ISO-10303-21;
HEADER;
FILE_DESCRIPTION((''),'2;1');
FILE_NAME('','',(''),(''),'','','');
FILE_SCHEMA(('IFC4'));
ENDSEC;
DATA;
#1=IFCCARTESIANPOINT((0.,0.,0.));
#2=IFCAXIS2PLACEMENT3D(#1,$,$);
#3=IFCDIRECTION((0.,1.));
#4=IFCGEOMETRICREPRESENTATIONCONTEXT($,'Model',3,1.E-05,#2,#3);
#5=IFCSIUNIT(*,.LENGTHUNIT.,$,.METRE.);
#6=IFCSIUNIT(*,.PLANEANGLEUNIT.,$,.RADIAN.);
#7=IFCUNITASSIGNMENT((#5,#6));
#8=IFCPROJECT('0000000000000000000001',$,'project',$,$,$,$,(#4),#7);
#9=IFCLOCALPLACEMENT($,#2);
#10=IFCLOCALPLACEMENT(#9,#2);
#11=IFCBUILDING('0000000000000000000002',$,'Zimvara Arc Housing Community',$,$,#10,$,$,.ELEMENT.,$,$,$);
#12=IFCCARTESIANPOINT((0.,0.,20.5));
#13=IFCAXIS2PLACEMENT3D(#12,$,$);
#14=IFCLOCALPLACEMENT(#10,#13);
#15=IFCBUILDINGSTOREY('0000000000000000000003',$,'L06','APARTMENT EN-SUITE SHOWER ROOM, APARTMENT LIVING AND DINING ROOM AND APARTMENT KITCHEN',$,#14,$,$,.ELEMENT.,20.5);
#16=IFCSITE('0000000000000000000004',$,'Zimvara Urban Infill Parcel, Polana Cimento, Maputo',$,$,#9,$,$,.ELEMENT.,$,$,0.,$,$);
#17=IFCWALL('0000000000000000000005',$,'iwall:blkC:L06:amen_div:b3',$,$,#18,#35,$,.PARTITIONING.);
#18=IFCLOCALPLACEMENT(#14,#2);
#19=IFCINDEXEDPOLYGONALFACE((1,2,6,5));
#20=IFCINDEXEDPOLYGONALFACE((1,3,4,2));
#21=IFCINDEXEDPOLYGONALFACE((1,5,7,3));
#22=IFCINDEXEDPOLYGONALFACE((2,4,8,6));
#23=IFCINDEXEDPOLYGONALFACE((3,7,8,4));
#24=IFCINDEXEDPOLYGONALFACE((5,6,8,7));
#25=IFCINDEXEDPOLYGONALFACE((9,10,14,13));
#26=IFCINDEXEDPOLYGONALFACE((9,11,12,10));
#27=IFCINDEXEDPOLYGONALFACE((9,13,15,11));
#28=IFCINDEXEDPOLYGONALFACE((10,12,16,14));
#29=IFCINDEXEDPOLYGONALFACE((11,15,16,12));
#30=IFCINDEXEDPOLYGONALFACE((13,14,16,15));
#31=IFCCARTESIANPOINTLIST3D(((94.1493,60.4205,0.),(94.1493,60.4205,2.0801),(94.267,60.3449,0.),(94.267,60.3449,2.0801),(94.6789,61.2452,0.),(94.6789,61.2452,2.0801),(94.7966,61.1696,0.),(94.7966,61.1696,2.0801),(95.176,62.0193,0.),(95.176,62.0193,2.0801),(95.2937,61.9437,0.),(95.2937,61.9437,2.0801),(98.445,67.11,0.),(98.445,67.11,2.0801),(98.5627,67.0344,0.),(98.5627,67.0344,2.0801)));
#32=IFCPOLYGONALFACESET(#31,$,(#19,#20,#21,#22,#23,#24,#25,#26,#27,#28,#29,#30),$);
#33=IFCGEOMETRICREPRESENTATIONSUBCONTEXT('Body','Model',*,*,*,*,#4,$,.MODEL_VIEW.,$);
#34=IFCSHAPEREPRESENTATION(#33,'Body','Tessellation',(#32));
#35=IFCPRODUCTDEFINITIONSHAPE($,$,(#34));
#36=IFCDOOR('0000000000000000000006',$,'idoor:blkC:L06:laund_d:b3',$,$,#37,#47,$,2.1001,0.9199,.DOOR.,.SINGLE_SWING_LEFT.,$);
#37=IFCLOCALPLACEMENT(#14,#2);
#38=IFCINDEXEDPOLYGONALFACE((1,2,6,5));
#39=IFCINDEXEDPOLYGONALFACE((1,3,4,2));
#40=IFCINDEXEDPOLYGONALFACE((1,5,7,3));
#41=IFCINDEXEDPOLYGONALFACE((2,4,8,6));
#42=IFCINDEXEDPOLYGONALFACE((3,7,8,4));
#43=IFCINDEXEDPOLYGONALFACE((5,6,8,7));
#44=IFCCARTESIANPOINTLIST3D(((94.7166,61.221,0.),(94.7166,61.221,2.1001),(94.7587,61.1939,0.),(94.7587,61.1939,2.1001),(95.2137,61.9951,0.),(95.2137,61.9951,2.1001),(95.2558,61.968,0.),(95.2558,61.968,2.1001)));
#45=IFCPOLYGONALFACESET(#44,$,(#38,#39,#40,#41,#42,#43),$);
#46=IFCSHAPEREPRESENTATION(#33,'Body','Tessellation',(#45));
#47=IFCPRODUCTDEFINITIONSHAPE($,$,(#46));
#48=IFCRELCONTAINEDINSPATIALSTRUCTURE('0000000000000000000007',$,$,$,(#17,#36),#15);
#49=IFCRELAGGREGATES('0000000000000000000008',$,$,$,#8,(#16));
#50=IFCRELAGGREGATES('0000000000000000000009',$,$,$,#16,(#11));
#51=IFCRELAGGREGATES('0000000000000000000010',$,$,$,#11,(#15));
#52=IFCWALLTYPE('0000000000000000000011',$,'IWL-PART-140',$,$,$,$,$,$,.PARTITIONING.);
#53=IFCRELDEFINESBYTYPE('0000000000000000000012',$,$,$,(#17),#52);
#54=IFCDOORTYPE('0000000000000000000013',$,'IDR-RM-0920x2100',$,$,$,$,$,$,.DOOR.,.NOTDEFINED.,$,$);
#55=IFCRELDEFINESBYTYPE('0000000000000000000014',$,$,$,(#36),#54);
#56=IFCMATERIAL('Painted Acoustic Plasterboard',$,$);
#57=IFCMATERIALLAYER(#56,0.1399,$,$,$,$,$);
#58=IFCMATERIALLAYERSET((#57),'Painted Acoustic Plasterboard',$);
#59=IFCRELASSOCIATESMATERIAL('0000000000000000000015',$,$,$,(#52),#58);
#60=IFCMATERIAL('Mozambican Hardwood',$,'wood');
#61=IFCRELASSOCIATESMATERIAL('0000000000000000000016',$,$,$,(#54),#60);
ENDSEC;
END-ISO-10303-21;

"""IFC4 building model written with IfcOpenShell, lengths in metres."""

from ifc_helpers import new_model, si_unit, direction, frame, frame_2d, origin, place, context, subcontext, project, spatial, rectangle, extrude, material, layer, layer_set, type_object, element, fill, save


model = new_model("IFC4")

# Units and contexts
model_context = context("Model", 3, precision=1e-05, world=origin(), true_north=direction((0.0, 1.0)))
body_context = subcontext(model_context, "Body", "Model", "MODEL_VIEW")
ifc_project = project(units=[si_unit("LENGTHUNIT", "METRE"), si_unit("PLANEANGLEUNIT", "RADIAN")], contexts=[model_context])

# Site, building, storey
site_placement = place(None, origin())
site = spatial("IfcSite", under=ifc_project, at=site_placement, Name="Zimvara Urban Infill Parcel, Polana Cimento, Maputo", CompositionType="ELEMENT", RefElevation=0.0)
building_placement = place(site_placement, origin())
building = spatial("IfcBuilding", under=site, at=building_placement, Name="Zimvara Arc Housing Community", CompositionType="ELEMENT")
storey_placement = place(building_placement, frame((0.0, 0.0, 20.5)))
storey = spatial("IfcBuildingStorey", under=building, at=storey_placement, Name="L06", Description="APARTMENT EN-SUITE SHOWER ROOM, APARTMENT LIVING AND DINING ROOM AND APARTMENT KITCHEN", CompositionType="ELEMENT", Elevation=20.5)

# Wall, opening, door
ifc_material_1 = material(Name="Painted Acoustic Plasterboard")
ifc_layer_1 = layer(ifc_material_1, 0.1399)
ifc_layer_set_1 = layer_set([ifc_layer_1], Name="Painted Acoustic Plasterboard")
wall_type_1 = type_object("IfcWallType", Name="IWL-PART-140", PredefinedType="PARTITIONING", material=ifc_layer_set_1)
wall_1_placement = place(storey_placement, frame((98.5039, 67.0723, 0.0), z_axis=(0.0, 0.0, 1.0), x_axis=(-0.540338, -0.841448, 0.0)))
wall_1 = element("IfcWall", 1, at=wall_1_placement, inside=storey, type_object=wall_type_1, Name="iwall:blkC:L06:amen_div:b3", PredefinedType="PARTITIONING", context=body_context, shape_type="SweptSolid", body=[
    extrude(rectangle(XDim=7.95, YDim=0.1399, at=frame_2d((3.9751, 0.0))), origin(), (0.0, 0.0, 1.0), 2.0801),
])
opening_1_placement = place(wall_1_placement, frame((6.05, 0.0, 0.0)))
opening_1 = element("IfcOpeningElement", 2, at=opening_1_placement, cuts=wall_1, PredefinedType="OPENING", context=body_context, shape_type="SweptSolid", body=[
    extrude(rectangle(XDim=0.9199, YDim=2.1001, at=frame_2d((0.46, 1.05))), frame((0.0, 0.0798, 0.0), z_axis=(0.0, -1.0, 0.0), x_axis=(1.0, 0.0, 0.0)), (0.0, 0.0, 1.0), 0.1599),
])
ifc_material_2 = material(Name="Mozambican Hardwood", Category="wood")
door_type_1 = type_object("IfcDoorType", Name="IDR-RM-0920x2100", OperationType="NOTDEFINED", PredefinedType="DOOR", material=ifc_material_2)
door_1_placement = place(opening_1_placement, origin())
door_1 = element("IfcDoor", 3, at=door_1_placement, inside=storey, type_object=door_type_1, Name="idoor:blkC:L06:laund_d:b3", OperationType="SINGLE_SWING_LEFT", OverallHeight=2.1001, OverallWidth=0.9199, PredefinedType="DOOR", context=body_context, shape_type="SweptSolid", body=[
    extrude(rectangle(XDim=0.9199, YDim=2.1001, at=frame_2d((0.46, 1.05))), frame((0.0, 0.0249, 0.0), z_axis=(0.0, -1.0, 0.0), x_axis=(1.0, 0.0, 0.0)), (0.0, 0.0, 1.0), 0.05),
])
fill(opening_1, door_1)

save(model, "model.ifc")
